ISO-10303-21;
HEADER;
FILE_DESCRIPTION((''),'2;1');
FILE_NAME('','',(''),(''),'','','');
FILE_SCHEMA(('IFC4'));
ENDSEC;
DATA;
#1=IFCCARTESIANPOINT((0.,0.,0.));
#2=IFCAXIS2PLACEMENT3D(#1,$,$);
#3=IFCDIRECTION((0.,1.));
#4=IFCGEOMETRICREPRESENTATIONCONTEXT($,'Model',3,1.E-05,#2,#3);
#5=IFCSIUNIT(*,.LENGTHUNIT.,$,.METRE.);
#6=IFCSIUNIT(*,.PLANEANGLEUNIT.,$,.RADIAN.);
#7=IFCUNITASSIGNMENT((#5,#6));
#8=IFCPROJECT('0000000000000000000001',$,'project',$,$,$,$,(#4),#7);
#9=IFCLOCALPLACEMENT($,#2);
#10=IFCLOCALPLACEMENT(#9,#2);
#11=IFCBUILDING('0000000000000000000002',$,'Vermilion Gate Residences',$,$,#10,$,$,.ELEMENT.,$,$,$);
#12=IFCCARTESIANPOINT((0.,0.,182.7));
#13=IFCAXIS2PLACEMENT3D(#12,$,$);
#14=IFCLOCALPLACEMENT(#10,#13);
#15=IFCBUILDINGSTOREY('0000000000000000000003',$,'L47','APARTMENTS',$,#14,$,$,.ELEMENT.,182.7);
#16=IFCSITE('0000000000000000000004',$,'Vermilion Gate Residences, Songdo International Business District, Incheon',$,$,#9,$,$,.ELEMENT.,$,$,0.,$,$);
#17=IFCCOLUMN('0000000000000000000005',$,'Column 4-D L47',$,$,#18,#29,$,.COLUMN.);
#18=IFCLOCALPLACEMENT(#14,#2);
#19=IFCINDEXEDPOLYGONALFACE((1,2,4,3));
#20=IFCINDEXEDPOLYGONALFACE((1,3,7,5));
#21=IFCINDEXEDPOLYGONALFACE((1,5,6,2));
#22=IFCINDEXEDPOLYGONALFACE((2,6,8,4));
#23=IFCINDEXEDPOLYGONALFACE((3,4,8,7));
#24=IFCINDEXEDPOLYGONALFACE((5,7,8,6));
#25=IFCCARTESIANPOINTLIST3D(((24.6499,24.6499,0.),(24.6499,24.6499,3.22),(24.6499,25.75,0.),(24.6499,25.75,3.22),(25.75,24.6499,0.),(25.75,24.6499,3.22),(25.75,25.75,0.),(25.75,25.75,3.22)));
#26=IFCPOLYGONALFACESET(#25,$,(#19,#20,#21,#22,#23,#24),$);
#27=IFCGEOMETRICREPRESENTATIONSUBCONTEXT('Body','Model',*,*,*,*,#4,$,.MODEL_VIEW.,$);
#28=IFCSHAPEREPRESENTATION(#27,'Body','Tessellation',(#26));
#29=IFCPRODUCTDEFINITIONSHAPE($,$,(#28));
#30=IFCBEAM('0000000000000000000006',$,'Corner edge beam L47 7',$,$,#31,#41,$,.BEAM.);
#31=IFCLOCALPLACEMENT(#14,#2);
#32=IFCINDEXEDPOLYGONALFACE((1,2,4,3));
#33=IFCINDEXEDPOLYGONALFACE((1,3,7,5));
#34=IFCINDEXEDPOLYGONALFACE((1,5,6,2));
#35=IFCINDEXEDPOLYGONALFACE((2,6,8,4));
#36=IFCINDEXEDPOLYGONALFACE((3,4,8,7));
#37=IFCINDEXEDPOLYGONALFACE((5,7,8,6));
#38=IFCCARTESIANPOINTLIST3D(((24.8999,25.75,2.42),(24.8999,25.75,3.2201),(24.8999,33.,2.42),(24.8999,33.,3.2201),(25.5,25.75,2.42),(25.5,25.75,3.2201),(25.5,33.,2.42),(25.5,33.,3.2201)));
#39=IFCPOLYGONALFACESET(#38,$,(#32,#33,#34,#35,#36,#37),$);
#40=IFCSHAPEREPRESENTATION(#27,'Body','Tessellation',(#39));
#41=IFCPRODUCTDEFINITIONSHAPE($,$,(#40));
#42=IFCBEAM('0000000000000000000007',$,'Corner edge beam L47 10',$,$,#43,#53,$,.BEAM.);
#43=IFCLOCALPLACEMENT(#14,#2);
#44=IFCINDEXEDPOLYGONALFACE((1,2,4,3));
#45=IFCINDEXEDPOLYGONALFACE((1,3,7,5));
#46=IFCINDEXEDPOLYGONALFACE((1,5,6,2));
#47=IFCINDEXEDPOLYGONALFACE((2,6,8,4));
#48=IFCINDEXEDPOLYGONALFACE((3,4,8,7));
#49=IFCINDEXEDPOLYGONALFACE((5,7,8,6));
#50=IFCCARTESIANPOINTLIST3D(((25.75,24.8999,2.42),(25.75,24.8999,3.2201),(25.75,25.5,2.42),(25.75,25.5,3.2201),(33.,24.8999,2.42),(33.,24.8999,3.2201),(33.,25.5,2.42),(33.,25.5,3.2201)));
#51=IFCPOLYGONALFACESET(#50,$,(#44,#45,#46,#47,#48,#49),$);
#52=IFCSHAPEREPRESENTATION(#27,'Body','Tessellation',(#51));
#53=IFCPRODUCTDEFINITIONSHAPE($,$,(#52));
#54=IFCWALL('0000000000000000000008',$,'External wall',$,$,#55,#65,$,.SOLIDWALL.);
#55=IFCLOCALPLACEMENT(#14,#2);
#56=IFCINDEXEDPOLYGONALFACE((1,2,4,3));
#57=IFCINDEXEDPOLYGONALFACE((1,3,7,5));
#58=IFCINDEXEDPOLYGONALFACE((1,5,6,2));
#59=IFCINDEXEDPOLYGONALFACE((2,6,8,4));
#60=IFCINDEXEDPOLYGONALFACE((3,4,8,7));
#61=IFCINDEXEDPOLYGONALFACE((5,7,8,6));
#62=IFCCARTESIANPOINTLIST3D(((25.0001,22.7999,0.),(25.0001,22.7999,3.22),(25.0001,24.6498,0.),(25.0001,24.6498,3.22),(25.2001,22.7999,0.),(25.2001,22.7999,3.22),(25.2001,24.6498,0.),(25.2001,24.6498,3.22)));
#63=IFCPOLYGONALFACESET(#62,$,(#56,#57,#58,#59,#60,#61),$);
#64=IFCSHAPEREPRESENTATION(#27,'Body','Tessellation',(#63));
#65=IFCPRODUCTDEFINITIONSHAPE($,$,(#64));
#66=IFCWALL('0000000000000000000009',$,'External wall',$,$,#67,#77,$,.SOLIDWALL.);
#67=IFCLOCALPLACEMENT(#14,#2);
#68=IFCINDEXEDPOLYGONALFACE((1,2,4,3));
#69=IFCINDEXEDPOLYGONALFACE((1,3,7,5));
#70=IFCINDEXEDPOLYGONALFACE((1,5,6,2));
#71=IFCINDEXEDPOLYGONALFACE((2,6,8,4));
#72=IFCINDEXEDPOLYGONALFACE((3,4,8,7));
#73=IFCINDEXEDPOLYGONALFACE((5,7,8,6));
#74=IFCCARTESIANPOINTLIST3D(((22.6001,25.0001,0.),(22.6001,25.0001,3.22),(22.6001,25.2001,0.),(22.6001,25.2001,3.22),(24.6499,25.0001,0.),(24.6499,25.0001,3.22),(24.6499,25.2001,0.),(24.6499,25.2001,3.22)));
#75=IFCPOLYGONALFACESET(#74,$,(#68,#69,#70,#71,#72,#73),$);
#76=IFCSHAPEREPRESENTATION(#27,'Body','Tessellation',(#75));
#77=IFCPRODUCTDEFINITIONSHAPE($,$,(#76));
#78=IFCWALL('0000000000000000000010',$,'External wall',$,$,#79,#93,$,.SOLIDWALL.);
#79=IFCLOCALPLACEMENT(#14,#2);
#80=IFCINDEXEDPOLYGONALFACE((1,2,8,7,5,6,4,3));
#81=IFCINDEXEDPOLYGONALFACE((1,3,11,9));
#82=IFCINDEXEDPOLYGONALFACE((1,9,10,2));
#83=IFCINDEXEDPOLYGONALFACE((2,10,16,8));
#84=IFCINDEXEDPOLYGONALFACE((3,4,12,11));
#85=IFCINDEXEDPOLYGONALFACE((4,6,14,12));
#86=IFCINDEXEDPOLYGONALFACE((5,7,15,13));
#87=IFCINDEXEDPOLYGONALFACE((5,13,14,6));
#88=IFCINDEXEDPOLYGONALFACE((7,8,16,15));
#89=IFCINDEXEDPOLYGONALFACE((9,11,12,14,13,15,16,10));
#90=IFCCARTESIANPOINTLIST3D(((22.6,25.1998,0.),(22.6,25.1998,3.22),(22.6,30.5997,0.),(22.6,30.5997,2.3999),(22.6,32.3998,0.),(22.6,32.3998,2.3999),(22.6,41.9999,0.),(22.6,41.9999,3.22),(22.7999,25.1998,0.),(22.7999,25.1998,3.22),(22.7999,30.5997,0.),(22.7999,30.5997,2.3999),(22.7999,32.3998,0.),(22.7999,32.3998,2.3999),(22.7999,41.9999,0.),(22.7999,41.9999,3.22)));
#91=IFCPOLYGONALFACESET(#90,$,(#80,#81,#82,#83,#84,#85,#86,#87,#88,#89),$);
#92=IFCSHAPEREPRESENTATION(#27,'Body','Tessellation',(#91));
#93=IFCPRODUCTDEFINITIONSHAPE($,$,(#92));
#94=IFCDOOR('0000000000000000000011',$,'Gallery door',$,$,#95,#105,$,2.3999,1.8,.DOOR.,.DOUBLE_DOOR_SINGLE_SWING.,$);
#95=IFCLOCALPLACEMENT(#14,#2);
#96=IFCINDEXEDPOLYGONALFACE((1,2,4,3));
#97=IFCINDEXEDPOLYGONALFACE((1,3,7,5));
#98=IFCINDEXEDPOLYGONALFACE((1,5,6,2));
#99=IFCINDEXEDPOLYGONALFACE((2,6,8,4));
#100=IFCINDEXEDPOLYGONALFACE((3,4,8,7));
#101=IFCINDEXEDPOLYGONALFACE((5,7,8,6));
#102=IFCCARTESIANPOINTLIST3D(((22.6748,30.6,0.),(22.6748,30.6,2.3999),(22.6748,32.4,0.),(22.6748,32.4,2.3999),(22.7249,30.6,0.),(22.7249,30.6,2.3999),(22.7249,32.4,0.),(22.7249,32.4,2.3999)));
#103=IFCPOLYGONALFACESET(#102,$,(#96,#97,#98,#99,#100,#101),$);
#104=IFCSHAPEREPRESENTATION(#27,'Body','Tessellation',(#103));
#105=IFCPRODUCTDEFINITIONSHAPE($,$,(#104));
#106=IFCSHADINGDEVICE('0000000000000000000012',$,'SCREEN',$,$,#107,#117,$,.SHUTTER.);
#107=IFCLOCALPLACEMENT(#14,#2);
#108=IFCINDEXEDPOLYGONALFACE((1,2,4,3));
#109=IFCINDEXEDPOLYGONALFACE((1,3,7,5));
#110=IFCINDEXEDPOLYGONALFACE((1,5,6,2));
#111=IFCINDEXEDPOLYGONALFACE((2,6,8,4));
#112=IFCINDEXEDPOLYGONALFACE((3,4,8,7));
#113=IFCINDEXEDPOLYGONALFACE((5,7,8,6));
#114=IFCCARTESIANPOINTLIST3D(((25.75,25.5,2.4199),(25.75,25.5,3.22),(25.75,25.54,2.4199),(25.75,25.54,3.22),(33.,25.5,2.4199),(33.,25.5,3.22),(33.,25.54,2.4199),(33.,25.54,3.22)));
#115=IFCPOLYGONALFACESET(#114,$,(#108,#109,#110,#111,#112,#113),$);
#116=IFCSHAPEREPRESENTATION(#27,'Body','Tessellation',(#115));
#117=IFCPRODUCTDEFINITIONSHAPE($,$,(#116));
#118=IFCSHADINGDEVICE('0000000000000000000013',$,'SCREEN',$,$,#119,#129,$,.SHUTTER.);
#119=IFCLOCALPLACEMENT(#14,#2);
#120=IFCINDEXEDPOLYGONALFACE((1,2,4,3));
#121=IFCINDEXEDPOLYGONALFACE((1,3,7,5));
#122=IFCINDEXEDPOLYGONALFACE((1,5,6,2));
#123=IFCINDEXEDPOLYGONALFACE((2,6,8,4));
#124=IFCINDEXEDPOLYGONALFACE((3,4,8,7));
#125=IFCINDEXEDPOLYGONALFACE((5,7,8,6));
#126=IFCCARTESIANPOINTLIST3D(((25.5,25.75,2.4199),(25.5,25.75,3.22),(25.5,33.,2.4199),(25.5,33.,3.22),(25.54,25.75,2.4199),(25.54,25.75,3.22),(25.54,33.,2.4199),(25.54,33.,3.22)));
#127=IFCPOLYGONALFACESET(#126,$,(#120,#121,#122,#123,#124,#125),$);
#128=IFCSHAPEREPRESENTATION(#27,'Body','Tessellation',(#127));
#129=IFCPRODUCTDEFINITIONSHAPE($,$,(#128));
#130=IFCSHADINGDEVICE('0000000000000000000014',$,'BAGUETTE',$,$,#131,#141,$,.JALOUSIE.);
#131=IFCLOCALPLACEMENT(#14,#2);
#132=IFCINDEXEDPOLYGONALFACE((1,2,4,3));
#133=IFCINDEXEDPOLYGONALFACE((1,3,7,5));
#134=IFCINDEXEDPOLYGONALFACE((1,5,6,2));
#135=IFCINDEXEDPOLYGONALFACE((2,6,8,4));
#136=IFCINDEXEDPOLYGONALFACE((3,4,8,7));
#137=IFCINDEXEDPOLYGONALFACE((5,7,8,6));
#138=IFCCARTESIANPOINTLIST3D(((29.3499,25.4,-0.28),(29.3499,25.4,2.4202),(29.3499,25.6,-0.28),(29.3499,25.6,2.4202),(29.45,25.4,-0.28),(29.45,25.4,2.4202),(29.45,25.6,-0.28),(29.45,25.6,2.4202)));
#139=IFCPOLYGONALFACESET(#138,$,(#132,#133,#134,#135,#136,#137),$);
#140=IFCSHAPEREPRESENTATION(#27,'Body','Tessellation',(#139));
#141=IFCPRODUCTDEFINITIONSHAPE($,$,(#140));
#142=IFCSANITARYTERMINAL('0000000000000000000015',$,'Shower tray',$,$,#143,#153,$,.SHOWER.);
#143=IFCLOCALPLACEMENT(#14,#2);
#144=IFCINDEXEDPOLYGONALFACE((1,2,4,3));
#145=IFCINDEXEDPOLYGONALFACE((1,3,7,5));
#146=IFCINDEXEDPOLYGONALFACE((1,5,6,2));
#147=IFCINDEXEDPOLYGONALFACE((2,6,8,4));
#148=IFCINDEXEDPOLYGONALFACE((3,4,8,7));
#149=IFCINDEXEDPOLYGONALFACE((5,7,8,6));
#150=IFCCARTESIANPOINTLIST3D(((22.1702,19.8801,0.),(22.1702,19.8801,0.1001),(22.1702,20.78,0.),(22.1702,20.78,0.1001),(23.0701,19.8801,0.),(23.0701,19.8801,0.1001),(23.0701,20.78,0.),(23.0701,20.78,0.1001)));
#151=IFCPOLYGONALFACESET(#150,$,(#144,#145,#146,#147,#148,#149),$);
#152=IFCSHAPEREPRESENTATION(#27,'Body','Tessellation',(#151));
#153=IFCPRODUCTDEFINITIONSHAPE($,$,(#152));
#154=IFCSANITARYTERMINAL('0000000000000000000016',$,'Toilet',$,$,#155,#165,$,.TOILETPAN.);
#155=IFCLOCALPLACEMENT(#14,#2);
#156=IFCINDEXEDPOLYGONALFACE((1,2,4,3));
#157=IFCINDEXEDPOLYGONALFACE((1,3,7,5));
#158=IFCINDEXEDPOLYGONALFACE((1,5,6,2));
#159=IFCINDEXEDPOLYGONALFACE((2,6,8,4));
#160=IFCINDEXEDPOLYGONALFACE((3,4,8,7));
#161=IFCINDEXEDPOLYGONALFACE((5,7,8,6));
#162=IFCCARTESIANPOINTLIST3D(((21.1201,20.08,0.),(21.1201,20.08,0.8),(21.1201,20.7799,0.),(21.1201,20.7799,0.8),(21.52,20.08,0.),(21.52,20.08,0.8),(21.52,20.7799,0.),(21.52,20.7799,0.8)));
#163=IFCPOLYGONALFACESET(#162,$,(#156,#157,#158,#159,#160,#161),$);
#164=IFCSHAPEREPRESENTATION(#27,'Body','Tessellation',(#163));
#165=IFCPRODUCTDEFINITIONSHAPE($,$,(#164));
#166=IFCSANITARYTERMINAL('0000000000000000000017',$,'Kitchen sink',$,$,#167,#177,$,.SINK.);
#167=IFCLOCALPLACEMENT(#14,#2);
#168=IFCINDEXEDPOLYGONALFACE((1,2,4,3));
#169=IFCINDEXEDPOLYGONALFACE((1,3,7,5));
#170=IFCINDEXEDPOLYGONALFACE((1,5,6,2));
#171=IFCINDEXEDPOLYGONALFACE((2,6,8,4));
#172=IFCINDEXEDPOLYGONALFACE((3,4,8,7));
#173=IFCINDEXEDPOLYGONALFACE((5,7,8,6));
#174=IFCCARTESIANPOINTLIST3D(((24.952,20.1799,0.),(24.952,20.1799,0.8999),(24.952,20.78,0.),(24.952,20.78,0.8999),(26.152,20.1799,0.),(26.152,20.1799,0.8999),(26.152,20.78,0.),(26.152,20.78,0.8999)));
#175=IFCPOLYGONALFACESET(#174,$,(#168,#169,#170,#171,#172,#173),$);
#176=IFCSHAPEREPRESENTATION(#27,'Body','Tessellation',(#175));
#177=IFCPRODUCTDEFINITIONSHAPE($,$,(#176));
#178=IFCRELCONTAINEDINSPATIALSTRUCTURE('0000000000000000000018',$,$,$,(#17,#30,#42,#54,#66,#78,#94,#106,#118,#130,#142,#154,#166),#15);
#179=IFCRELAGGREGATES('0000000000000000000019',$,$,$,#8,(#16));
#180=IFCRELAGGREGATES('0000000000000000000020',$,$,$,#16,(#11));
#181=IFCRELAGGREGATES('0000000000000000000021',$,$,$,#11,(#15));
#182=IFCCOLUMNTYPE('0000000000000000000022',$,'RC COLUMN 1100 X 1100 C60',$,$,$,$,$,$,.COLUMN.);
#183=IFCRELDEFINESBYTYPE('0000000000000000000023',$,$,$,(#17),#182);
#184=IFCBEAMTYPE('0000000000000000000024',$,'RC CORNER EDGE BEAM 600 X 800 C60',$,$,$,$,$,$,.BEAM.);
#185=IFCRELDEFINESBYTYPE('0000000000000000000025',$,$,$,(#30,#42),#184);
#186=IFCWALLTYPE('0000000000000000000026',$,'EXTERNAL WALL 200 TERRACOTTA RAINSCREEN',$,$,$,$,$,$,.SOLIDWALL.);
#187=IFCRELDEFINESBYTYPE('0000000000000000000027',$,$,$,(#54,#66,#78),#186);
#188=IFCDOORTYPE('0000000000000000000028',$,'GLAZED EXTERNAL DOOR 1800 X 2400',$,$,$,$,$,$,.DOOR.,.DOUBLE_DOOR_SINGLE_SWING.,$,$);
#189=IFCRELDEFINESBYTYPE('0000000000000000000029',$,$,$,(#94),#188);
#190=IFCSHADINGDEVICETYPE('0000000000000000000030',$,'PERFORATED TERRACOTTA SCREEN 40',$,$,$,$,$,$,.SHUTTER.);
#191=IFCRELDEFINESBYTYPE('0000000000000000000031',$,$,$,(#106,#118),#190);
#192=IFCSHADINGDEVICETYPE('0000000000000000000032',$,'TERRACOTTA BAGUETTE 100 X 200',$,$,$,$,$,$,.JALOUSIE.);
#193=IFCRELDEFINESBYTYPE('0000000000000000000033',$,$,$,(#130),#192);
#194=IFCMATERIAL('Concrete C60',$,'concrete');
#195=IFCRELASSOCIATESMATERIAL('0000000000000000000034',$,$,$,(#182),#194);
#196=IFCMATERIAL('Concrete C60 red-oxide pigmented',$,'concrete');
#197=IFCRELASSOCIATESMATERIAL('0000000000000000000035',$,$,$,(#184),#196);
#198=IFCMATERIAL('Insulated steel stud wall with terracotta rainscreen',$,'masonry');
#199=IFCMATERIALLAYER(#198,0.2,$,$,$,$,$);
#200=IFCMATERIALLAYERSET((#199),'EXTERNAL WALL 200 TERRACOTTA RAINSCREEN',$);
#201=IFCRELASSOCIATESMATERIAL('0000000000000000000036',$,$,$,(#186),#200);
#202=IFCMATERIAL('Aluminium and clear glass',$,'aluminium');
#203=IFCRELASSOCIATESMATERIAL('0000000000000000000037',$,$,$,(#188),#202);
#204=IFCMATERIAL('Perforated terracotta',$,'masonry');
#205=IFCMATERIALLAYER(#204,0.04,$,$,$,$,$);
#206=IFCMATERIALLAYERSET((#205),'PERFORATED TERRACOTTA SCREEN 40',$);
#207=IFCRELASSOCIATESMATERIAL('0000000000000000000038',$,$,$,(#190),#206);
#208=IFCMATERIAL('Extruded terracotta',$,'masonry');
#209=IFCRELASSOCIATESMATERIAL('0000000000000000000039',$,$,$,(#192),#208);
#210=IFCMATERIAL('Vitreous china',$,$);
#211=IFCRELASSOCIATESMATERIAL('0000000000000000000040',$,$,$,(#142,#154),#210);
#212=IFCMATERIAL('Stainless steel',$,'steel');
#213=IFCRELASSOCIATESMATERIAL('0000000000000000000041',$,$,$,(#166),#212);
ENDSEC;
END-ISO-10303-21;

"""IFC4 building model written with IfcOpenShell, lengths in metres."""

from ifc_helpers import new_model, si_unit, direction, frame, frame_2d, origin, origin_2d, place, context, subcontext, project, spatial, rectangle, extrude, material, layer, layer_set, material_profile, profile_set, type_object, element, fill, save


model = new_model("IFC4")

# Units and contexts
model_context = context("Model", 3, precision=1e-05, world=origin(), true_north=direction((0.0, 1.0)))
body_context = subcontext(model_context, "Body", "Model", "MODEL_VIEW")
ifc_project = project(units=[si_unit("LENGTHUNIT", "METRE"), si_unit("PLANEANGLEUNIT", "RADIAN")], contexts=[model_context])

# Site, building, storey
site_placement = place(None, origin())
site = spatial("IfcSite", under=ifc_project, at=site_placement, Name="Vermilion Gate Residences, Songdo International Business District, Incheon", CompositionType="ELEMENT", RefElevation=0.0)
building_placement = place(site_placement, origin())
building = spatial("IfcBuilding", under=site, at=building_placement, Name="Vermilion Gate Residences", CompositionType="ELEMENT")
storey_placement = place(building_placement, frame((0.0, 0.0, 182.7)))
storey = spatial("IfcBuildingStorey", under=building, at=storey_placement, Name="L47", Description="APARTMENTS", CompositionType="ELEMENT", Elevation=182.7)

# Column
ifc_material_1 = material(Name="Concrete C60", Category="concrete")
ifc_material_profile_1 = material_profile(ifc_material_1, rectangle(XDim=1.1001, YDim=1.1001, at=origin_2d()), Name="RC-1100x1100")
ifc_profile_set_1 = profile_set([ifc_material_profile_1], Name="Concrete C60")
column_type = type_object("IfcColumnType", Name="RC COLUMN 1100 X 1100 C60", PredefinedType="COLUMN", material=ifc_profile_set_1)
column_placement = place(storey_placement, frame((25.2, 25.2, 0.0), z_axis=(0.0, 0.0, 1.0), x_axis=(1.0, 0.0, 0.0)))
element("IfcColumn", 1, at=column_placement, inside=storey, type_object=column_type, Name="Column 4-D L47", PredefinedType="COLUMN", context=body_context, shape_type="SweptSolid", body=[
    extrude(rectangle(XDim=1.1001, YDim=1.1001, at=origin_2d()), origin(), (0.0, 0.0, 1.0), 3.22),
])

# Beams
ifc_material_2 = material(Name="Concrete C60 red-oxide pigmented", Category="concrete")
ifc_material_profile_2 = material_profile(ifc_material_2, rectangle(XDim=0.6001, YDim=0.8, at=origin_2d()), Name="RC-600x800")
ifc_profile_set_2 = profile_set([ifc_material_profile_2], Name="Concrete C60 red-oxide pigmented")
beam_type = type_object("IfcBeamType", Name="RC CORNER EDGE BEAM 600 X 800 C60", PredefinedType="BEAM", material=ifc_profile_set_2)
for number, where, z_axis, x_axis, name in (
    (2, (25.2, 25.75, 2.8201), (0.0, 1.0, 0.0), (-1.0, 0.0, 0.0), "Corner edge beam L47 7"),
    (3, (25.75, 25.2, 2.8201), (1.0, 0.0, 0.0), (0.0, 1.0, 0.0), "Corner edge beam L47 10"),
):
    element("IfcBeam", number, at=place(storey_placement, frame(where, z_axis=z_axis, x_axis=x_axis)), inside=storey, type_object=beam_type, Name=name, PredefinedType="BEAM", context=body_context, shape_type="SweptSolid", body=[
        extrude(rectangle(XDim=0.6001, YDim=0.8, at=origin_2d()), origin(), (0.0, 0.0, 1.0), 7.25),
    ])

# Walls
ifc_material_3 = material(Name="Insulated steel stud wall with terracotta rainscreen", Category="masonry")
ifc_layer_1 = layer(ifc_material_3, 0.2)
ifc_layer_set_1 = layer_set([ifc_layer_1], Name="EXTERNAL WALL 200 TERRACOTTA RAINSCREEN")
wall_type = type_object("IfcWallType", Name="EXTERNAL WALL 200 TERRACOTTA RAINSCREEN", PredefinedType="SOLIDWALL", material=ifc_layer_set_1)
wall_1_placement = place(storey_placement, frame((25.1001, 22.8, 0.0), z_axis=(0.0, 0.0, 1.0), x_axis=(0.0, 1.0, 0.0)))
element("IfcWall", 4, at=wall_1_placement, inside=storey, type_object=wall_type, Name="External wall", PredefinedType="SOLIDWALL", context=body_context, shape_type="SweptSolid", body=[
    extrude(rectangle(XDim=1.8499, YDim=0.2, at=frame_2d((0.9248, 0.0))), origin(), (0.0, 0.0, 1.0), 3.22),
])
wall_2_placement = place(storey_placement, frame((24.6499, 25.1001, 0.0), z_axis=(0.0, 0.0, 1.0), x_axis=(-1.0, 0.0, 0.0)))
element("IfcWall", 5, at=wall_2_placement, inside=storey, type_object=wall_type, Name="External wall", PredefinedType="SOLIDWALL", context=body_context, shape_type="SweptSolid", body=[
    extrude(rectangle(XDim=2.0498, YDim=0.2, at=frame_2d((1.0249, 0.0))), origin(), (0.0, 0.0, 1.0), 3.22),
])

# Wall, opening, door
wall_3_placement = place(storey_placement, frame((22.7, 25.2, 0.0), z_axis=(0.0, 0.0, 1.0), x_axis=(0.0, 1.0, 0.0)))
wall_3 = element("IfcWall", 6, at=wall_3_placement, inside=storey, type_object=wall_type, Name="External wall", PredefinedType="SOLIDWALL", context=body_context, shape_type="SweptSolid", body=[
    extrude(rectangle(XDim=16.8, YDim=0.2, at=frame_2d((8.3999, 0.0))), origin(), (0.0, 0.0, 1.0), 3.22),
])
opening_placement = place(wall_3_placement, frame((5.3999, 0.0, 0.0)))
opening = element("IfcOpeningElement", 7, at=opening_placement, cuts=wall_3, PredefinedType="OPENING", context=body_context, shape_type="SweptSolid", body=[
    extrude(rectangle(XDim=1.8, YDim=2.3999, at=frame_2d((0.8999, 1.2))), frame((0.0, 0.1099, 0.0), z_axis=(0.0, -1.0, 0.0), x_axis=(1.0, 0.0, 0.0)), (0.0, 0.0, 1.0), 0.22),
])
ifc_material_4 = material(Name="Aluminium and clear glass", Category="aluminium")
door_type = type_object("IfcDoorType", Name="GLAZED EXTERNAL DOOR 1800 X 2400", OperationType="DOUBLE_DOOR_SINGLE_SWING", PredefinedType="DOOR", material=ifc_material_4)
door_placement = place(opening_placement, frame((1.8, 0.0, 0.0), z_axis=(0.0, 0.0, 1.0), x_axis=(-1.0, 0.0, 0.0)))
door = element("IfcDoor", 8, at=door_placement, inside=storey, type_object=door_type, Name="Gallery door", OperationType="DOUBLE_DOOR_SINGLE_SWING", OverallHeight=2.3999, OverallWidth=1.8, PredefinedType="DOOR", context=body_context, shape_type="SweptSolid", body=[
    extrude(rectangle(XDim=1.8, YDim=2.3999, at=frame_2d((0.8999, 1.2))), frame((0.0, 0.0249, 0.0), z_axis=(0.0, -1.0, 0.0), x_axis=(1.0, 0.0, 0.0)), (0.0, 0.0, 1.0), 0.05),
])
fill(opening, door)

# Shading devices
ifc_material_5 = material(Name="Perforated terracotta", Category="masonry")
ifc_layer_2 = layer(ifc_material_5, 0.04)
ifc_layer_set_2 = layer_set([ifc_layer_2], Name="PERFORATED TERRACOTTA SCREEN 40")
shading_device_type_1 = type_object("IfcShadingDeviceType", Name="PERFORATED TERRACOTTA SCREEN 40", PredefinedType="SHUTTER", material=ifc_layer_set_2)
for number, where, z_axis, x_axis, name in (
    (9, (29.375, 25.52, 2.4199), (0.0, 0.0, 1.0), (-1.0, 0.0, 0.0), "SCREEN"),
    (10, (25.52, 29.375, 2.4199), (0.0, 0.0, 1.0), (0.0, 1.0, 0.0), "SCREEN"),
):
    element("IfcShadingDevice", number, at=place(storey_placement, frame(where, z_axis=z_axis, x_axis=x_axis)), inside=storey, type_object=shading_device_type_1, Name=name, PredefinedType="SHUTTER", context=body_context, shape_type="SweptSolid", body=[
        extrude(rectangle(XDim=7.25, YDim=0.04, at=origin_2d()), origin(), (0.0, 0.0, 1.0), 0.8),
    ])
ifc_material_6 = material(Name="Extruded terracotta", Category="masonry")
ifc_material_profile_3 = material_profile(ifc_material_6, rectangle(XDim=0.2, YDim=0.1001, at=origin_2d()), Name="BAGUETTE 100 X 200")
ifc_profile_set_3 = profile_set([ifc_material_profile_3], Name="Extruded terracotta")
shading_device_type_2 = type_object("IfcShadingDeviceType", Name="TERRACOTTA BAGUETTE 100 X 200", PredefinedType="JALOUSIE", material=ifc_profile_set_3)
shading_device_placement = place(storey_placement, frame((29.3999, 25.5, -0.28), z_axis=(0.0, 0.0, 1.0), x_axis=(0.0, -1.0, 0.0)))
element("IfcShadingDevice", 11, at=shading_device_placement, inside=storey, type_object=shading_device_type_2, Name="BAGUETTE", PredefinedType="JALOUSIE", context=body_context, shape_type="SweptSolid", body=[
    extrude(rectangle(XDim=0.2, YDim=0.1001, at=origin_2d()), origin(), (0.0, 0.0, 1.0), 2.7002),
])

# Sanitary terminals
ifc_material_7 = material(Name="Vitreous china")
sanitary_terminal_1_placement = place(storey_placement, frame((22.6201, 20.3301, 0.0), z_axis=(0.0, 0.0, 1.0), x_axis=(1.0, 0.0, 0.0)))
element("IfcSanitaryTerminal", 12, at=sanitary_terminal_1_placement, inside=storey, material=ifc_material_7, Name="Shower tray", PredefinedType="SHOWER", context=body_context, shape_type="SweptSolid", body=[
    extrude(rectangle(XDim=0.8999, YDim=0.8999, at=origin_2d()), origin(), (0.0, 0.0, 1.0), 0.1001),
])
sanitary_terminal_2_placement = place(storey_placement, frame((21.3201, 20.4299, 0.0), z_axis=(0.0, 0.0, 1.0), x_axis=(1.0, 0.0, 0.0)))
element("IfcSanitaryTerminal", 13, at=sanitary_terminal_2_placement, inside=storey, material=ifc_material_7, Name="Toilet", PredefinedType="TOILETPAN", context=body_context, shape_type="SweptSolid", body=[
    extrude(rectangle(XDim=0.3999, YDim=0.7, at=origin_2d()), origin(), (0.0, 0.0, 1.0), 0.8),
])
ifc_material_8 = material(Name="Stainless steel", Category="steel")
sanitary_terminal_3_placement = place(storey_placement, frame((25.552, 20.48, 0.0), z_axis=(0.0, 0.0, 1.0), x_axis=(1.0, 0.0, 0.0)))
element("IfcSanitaryTerminal", 14, at=sanitary_terminal_3_placement, inside=storey, material=ifc_material_8, Name="Kitchen sink", PredefinedType="SINK", context=body_context, shape_type="SweptSolid", body=[
    extrude(rectangle(XDim=1.2, YDim=0.6001, at=origin_2d()), origin(), (0.0, 0.0, 1.0), 0.8999),
])

save(model, "model.ifc")
